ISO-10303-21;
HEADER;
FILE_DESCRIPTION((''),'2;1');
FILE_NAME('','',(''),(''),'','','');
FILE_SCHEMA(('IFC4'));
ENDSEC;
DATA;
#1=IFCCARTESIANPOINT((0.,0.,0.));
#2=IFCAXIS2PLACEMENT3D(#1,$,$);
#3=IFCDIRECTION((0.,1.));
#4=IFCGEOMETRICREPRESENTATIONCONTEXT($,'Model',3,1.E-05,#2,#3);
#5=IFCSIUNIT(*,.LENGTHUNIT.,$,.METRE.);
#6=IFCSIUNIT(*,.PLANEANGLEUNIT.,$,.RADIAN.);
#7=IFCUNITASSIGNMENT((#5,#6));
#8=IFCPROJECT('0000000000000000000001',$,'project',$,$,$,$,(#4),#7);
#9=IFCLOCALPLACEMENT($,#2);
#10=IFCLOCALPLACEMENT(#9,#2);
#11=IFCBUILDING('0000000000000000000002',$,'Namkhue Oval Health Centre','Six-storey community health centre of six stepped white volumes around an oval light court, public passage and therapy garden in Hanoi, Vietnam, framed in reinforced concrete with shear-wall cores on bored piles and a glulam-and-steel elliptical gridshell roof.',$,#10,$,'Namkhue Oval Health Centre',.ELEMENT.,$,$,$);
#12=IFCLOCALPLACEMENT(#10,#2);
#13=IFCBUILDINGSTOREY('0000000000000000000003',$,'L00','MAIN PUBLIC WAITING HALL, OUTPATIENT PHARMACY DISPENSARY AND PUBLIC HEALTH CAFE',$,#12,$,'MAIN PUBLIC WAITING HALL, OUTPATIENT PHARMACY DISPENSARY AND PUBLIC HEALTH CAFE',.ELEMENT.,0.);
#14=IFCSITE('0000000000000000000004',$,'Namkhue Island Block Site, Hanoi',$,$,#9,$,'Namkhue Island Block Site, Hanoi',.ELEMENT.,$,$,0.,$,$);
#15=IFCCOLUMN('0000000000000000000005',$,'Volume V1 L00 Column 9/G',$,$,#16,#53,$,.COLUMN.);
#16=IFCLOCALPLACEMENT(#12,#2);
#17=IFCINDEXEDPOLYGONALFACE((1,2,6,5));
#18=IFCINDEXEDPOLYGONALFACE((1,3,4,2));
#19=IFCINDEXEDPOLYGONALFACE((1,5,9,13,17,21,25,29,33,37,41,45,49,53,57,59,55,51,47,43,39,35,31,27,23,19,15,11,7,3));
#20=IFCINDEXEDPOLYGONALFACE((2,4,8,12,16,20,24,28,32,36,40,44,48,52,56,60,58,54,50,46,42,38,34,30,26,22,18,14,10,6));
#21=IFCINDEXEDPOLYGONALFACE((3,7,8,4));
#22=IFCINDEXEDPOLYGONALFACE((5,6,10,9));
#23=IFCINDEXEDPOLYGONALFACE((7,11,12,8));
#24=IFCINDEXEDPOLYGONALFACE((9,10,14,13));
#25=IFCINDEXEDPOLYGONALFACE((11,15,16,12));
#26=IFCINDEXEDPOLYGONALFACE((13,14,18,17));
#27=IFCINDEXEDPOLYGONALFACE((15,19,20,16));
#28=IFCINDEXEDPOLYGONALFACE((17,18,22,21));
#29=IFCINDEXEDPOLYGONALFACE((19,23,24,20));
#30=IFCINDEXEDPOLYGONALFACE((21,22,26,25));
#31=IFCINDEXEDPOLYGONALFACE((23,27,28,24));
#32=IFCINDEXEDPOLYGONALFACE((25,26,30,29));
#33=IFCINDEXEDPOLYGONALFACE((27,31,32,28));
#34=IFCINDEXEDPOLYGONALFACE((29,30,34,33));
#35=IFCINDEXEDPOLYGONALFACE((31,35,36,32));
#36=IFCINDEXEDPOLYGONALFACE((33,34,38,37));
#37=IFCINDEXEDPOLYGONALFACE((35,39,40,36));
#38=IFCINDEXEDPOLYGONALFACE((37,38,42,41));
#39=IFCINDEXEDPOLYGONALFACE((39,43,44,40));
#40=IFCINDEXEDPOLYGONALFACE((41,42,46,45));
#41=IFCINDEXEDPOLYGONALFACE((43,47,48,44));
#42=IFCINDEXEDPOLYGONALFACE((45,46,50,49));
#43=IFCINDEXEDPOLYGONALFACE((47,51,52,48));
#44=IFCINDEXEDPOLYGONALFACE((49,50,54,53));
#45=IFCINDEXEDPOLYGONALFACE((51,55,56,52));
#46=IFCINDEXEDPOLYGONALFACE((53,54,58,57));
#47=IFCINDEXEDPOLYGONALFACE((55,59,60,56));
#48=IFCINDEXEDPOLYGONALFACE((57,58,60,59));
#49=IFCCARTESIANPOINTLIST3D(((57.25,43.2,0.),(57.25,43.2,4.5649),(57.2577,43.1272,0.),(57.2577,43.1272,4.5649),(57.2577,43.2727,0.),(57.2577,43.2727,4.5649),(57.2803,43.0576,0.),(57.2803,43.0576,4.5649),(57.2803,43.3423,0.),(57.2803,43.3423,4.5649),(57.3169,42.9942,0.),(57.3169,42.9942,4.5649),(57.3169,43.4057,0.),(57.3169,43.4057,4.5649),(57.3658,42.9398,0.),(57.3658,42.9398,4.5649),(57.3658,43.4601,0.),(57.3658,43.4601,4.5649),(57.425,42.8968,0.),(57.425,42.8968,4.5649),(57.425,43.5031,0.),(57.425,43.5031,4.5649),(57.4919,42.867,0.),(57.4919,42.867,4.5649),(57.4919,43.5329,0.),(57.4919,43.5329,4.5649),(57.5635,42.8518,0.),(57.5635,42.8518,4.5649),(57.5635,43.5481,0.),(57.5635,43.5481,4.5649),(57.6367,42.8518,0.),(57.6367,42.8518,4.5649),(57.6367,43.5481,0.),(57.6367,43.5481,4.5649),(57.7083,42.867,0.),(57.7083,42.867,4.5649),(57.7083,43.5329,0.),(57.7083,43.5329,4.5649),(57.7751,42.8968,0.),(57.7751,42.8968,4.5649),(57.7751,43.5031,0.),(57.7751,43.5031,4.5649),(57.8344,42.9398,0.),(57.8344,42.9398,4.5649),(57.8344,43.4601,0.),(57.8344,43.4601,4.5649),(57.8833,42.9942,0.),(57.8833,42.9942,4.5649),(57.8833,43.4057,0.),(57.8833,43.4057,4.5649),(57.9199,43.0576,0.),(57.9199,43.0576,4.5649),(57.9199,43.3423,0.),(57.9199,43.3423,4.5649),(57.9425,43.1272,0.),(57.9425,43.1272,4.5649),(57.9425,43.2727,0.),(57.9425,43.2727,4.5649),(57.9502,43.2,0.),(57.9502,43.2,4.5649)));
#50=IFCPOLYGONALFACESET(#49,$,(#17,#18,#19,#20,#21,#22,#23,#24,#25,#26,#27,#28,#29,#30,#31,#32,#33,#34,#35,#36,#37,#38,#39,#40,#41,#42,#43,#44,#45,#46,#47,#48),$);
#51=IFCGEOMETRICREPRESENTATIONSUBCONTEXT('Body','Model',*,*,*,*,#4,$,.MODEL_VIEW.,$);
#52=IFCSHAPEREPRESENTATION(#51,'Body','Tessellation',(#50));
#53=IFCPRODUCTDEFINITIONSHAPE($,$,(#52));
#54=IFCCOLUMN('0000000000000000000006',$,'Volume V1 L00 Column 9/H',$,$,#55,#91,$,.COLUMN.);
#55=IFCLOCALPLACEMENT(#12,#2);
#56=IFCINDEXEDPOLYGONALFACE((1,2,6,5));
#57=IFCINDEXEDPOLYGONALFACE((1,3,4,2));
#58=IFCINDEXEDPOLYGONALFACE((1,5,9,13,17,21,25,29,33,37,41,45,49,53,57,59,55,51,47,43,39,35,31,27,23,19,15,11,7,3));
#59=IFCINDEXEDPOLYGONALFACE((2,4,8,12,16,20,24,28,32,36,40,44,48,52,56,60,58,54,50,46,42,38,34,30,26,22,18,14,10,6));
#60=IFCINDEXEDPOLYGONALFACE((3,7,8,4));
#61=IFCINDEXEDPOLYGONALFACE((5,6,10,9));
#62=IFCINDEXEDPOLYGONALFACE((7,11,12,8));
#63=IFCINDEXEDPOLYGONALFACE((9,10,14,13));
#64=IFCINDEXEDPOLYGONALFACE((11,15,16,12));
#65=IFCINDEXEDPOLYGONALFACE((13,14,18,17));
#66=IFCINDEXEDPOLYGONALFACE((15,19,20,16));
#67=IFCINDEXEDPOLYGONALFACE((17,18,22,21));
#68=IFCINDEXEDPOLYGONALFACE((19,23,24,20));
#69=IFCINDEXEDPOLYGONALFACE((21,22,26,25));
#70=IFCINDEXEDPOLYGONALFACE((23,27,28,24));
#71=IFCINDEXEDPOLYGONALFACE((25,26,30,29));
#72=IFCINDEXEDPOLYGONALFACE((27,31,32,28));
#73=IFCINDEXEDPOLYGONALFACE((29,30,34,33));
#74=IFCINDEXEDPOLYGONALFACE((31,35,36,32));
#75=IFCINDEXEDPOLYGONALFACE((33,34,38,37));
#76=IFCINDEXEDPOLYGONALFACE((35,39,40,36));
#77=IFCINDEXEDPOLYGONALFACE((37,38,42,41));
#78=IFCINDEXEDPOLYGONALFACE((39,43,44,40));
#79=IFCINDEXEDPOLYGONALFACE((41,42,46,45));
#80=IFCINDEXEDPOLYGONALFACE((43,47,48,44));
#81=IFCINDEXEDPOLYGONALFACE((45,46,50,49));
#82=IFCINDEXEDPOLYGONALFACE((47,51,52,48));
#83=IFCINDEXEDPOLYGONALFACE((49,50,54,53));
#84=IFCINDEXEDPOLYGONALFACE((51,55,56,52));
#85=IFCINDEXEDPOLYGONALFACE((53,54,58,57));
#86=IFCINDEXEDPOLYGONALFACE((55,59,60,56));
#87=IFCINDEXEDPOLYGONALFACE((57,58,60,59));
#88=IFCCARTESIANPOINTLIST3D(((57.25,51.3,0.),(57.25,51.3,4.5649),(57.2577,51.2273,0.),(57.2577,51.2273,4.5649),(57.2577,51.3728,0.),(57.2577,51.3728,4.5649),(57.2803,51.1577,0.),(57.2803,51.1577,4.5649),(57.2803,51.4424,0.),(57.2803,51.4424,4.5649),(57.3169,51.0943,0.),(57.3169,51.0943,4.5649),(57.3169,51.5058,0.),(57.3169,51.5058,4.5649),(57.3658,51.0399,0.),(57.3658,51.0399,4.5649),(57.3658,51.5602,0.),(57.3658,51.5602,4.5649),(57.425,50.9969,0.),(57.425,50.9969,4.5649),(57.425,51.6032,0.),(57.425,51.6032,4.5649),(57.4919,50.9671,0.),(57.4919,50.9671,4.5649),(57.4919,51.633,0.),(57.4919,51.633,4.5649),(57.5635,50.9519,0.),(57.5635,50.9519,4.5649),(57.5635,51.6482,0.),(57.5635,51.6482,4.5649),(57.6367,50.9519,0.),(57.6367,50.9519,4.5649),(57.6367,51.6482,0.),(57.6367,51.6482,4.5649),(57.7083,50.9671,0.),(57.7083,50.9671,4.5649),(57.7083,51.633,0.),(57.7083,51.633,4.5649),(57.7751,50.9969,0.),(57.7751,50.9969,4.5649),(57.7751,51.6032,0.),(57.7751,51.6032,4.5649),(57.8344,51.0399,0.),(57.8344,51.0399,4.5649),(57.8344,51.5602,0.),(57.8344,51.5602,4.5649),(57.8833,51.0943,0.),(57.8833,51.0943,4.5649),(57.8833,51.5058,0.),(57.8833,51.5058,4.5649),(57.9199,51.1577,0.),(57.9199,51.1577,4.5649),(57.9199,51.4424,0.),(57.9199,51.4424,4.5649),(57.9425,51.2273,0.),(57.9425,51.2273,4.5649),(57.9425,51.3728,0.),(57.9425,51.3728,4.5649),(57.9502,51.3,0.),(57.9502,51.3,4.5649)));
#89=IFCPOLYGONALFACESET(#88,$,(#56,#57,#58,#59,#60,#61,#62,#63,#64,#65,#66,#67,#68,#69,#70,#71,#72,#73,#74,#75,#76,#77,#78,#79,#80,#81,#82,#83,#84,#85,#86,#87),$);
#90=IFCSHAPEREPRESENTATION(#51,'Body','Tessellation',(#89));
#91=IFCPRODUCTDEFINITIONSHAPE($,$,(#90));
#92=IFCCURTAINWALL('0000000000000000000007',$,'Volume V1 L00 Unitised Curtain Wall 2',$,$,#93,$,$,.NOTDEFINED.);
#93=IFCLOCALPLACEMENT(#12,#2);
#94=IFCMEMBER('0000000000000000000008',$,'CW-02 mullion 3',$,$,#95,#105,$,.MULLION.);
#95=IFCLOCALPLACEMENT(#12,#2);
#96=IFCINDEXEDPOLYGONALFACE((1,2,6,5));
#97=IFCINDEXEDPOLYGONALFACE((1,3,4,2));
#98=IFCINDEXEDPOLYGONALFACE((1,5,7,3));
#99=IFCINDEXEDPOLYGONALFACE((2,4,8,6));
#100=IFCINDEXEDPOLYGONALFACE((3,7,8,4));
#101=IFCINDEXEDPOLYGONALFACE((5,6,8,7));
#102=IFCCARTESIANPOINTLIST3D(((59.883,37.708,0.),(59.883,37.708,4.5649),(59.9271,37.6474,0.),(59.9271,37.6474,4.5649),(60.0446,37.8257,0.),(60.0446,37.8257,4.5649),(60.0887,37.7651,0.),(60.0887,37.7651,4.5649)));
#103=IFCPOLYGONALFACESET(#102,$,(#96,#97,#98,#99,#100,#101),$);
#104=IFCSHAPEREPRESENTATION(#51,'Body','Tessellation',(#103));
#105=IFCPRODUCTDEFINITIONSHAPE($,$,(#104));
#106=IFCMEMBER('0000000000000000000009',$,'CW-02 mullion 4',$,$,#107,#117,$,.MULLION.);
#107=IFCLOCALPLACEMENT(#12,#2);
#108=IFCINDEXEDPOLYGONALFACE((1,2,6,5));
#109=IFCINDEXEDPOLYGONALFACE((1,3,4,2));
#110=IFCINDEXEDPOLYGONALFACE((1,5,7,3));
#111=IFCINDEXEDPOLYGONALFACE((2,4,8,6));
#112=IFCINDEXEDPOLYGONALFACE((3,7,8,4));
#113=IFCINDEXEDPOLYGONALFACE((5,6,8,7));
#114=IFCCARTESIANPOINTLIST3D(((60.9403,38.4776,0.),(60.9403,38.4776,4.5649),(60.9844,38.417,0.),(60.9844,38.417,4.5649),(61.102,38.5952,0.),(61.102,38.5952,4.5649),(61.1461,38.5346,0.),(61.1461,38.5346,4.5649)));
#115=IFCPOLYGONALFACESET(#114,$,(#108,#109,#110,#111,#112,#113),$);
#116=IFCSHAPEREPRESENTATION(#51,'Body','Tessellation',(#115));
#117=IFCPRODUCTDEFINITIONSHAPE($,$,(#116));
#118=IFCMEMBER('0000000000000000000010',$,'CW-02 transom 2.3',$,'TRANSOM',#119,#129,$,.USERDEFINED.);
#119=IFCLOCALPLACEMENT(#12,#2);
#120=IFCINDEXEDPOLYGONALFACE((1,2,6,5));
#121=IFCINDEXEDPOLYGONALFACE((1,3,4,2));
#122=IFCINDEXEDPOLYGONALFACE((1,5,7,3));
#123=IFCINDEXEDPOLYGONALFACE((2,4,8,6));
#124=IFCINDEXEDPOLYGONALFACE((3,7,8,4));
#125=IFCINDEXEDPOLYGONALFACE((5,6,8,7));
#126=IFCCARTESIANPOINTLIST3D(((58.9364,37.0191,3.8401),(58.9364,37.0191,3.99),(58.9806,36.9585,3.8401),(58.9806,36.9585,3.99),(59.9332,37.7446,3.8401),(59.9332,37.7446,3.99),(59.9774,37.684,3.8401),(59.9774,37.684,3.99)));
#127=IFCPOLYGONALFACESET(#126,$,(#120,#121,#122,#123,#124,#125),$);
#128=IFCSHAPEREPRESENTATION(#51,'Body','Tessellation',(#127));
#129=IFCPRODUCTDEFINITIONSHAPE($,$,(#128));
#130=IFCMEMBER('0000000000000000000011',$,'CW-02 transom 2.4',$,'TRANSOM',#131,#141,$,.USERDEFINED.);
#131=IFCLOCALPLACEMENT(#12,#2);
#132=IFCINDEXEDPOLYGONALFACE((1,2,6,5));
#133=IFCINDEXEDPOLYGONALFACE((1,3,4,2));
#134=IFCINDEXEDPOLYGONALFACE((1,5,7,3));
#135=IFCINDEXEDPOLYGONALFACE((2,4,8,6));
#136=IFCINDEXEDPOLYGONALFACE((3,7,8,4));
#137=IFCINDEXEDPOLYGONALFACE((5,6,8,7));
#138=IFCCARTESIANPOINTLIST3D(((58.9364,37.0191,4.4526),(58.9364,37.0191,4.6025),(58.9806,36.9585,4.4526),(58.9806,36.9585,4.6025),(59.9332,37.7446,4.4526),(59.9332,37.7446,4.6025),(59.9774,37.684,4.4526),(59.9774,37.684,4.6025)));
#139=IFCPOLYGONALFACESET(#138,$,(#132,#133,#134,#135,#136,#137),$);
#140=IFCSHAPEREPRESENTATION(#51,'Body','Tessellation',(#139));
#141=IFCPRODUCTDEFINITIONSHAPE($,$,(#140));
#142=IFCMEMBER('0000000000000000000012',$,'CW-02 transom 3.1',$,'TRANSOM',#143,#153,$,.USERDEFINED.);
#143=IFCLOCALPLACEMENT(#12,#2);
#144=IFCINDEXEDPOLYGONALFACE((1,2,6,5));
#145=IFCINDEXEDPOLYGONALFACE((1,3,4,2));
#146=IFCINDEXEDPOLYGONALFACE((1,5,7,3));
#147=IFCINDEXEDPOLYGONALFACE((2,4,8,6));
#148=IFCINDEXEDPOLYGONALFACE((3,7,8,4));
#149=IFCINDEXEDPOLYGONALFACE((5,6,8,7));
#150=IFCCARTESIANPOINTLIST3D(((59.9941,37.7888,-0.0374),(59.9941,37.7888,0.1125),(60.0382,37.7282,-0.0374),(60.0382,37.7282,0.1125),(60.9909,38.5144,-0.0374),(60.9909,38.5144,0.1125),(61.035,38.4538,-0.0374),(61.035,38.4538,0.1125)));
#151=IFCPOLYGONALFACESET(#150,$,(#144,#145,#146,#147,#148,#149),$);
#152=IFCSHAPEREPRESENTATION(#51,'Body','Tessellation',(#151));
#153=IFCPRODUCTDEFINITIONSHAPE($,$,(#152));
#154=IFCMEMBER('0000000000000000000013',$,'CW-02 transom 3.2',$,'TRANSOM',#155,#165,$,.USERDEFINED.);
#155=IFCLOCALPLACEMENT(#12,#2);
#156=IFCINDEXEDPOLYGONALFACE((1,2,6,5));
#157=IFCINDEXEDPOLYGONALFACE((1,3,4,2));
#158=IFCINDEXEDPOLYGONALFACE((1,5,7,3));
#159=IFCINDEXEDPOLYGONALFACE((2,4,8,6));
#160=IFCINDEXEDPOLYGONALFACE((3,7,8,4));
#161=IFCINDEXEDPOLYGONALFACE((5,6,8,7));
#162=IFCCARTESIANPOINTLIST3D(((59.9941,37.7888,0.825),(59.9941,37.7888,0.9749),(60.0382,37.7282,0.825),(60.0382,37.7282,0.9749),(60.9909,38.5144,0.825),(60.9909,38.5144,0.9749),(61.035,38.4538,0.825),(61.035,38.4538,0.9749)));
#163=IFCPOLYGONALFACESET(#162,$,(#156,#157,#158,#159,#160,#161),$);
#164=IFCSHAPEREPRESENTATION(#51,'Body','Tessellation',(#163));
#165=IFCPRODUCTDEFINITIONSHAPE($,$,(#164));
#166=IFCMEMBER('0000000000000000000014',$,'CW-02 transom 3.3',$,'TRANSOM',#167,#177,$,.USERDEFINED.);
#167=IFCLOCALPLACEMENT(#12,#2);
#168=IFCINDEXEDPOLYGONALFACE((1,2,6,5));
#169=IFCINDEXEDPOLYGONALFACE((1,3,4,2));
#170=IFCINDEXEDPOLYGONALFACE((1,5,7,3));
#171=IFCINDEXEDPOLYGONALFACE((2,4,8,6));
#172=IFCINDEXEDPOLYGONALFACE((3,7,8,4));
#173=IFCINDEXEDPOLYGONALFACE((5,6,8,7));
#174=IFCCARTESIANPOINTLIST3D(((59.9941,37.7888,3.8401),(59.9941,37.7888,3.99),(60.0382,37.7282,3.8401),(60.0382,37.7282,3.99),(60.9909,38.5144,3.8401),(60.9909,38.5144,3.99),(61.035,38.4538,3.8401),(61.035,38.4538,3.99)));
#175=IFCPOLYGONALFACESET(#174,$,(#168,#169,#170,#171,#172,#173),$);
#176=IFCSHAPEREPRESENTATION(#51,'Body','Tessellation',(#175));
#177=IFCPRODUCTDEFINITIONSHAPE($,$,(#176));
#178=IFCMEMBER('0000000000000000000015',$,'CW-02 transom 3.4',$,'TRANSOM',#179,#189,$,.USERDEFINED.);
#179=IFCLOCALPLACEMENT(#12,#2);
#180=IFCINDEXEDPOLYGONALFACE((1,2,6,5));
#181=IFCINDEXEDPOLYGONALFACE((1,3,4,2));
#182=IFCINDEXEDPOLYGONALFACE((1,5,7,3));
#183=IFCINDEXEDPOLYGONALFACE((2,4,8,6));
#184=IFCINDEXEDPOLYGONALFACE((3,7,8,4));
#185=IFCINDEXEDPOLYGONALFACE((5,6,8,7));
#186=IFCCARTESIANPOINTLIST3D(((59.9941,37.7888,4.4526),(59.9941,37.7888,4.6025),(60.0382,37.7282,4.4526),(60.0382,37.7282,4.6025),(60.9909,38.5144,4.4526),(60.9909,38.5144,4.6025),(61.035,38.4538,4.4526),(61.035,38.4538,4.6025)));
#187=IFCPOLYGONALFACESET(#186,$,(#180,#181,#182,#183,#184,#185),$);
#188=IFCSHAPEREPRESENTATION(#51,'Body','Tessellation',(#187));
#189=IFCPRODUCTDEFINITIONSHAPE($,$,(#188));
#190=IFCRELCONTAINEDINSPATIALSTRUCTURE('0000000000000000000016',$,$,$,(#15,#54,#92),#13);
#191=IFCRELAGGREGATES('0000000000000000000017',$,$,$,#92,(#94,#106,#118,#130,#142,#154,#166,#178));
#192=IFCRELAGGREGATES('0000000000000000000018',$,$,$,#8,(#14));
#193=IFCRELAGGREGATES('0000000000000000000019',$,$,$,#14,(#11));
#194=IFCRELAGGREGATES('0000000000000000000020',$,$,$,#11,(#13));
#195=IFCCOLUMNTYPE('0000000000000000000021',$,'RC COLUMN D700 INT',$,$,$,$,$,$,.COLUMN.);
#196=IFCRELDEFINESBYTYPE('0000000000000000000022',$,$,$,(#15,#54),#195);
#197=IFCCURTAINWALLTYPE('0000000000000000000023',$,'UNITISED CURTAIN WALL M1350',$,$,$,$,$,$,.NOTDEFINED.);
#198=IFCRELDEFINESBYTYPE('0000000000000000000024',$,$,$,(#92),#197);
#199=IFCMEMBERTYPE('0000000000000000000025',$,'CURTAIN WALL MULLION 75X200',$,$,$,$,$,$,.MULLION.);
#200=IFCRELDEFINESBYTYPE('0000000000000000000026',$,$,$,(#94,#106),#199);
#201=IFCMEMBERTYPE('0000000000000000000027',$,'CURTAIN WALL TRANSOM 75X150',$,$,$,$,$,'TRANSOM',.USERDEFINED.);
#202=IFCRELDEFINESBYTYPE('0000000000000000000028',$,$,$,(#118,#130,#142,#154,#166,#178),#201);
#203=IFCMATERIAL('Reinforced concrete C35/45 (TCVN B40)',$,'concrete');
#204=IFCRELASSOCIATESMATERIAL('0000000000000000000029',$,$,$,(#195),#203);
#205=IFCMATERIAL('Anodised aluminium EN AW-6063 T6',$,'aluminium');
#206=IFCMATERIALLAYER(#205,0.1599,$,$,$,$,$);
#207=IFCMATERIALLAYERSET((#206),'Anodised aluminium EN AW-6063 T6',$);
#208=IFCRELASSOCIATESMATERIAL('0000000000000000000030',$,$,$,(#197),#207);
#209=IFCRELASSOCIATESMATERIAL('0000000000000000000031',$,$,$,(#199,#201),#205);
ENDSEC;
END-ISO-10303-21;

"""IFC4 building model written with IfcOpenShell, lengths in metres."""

from ifc_helpers import new_model, si_unit, direction, frame, origin, origin_2d, place, context, subcontext, project, spatial, rectangle, circle, extrude, material, layer, layer_set, material_profile, profile_set, type_object, element, aggregate, save


model = new_model("IFC4")

# Units and contexts
model_context = context("Model", 3, precision=1e-05, world=origin(), true_north=direction((0.0, 1.0)))
body_context = subcontext(model_context, "Body", "Model", "MODEL_VIEW")
ifc_project = project(units=[si_unit("LENGTHUNIT", "METRE"), si_unit("PLANEANGLEUNIT", "RADIAN")], contexts=[model_context])

# Site, building, storey
site_placement = place(None, origin())
site = spatial("IfcSite", under=ifc_project, at=site_placement, Name="Namkhue Island Block Site, Hanoi", LongName="Namkhue Island Block Site, Hanoi", CompositionType="ELEMENT", RefElevation=0.0)
building_placement = place(site_placement, origin())
building = spatial("IfcBuilding", under=site, at=building_placement, Name="Namkhue Oval Health Centre", Description="Six-storey community health centre of six stepped white volumes around an oval light court, public passage and therapy garden in Hanoi, Vietnam, framed in reinforced concrete with shear-wall cores on bored piles and a glulam-and-steel elliptical gridshell roof.", LongName="Namkhue Oval Health Centre", CompositionType="ELEMENT")
storey_placement = place(building_placement, origin())
storey = spatial("IfcBuildingStorey", under=building, at=storey_placement, Name="L00", Description="MAIN PUBLIC WAITING HALL, OUTPATIENT PHARMACY DISPENSARY AND PUBLIC HEALTH CAFE", LongName="MAIN PUBLIC WAITING HALL, OUTPATIENT PHARMACY DISPENSARY AND PUBLIC HEALTH CAFE", CompositionType="ELEMENT", Elevation=0.0)

# Columns
ifc_material_1 = material(Name="Reinforced concrete C35/45 (TCVN B40)", Category="concrete")
ifc_material_profile_1 = material_profile(ifc_material_1, circle(Radius=0.3501, at=origin_2d()), Name="RC D700")
ifc_profile_set_1 = profile_set([ifc_material_profile_1], Name="Reinforced concrete C35/45 (TCVN B40)")
column_type = type_object("IfcColumnType", Name="RC COLUMN D700 INT", PredefinedType="COLUMN", material=ifc_profile_set_1)
for number, where, z_axis, x_axis, name in (
    (1, (57.6001, 43.2, 0.0), (0.0, 0.0, 1.0), (1.0, 0.0, 0.0), "Volume V1 L00 Column 9/G"),
    (2, (57.6001, 51.3, 0.0), (0.0, 0.0, 1.0), (1.0, 0.0, 0.0), "Volume V1 L00 Column 9/H"),
):
    element("IfcColumn", number, at=place(storey_placement, frame(where, z_axis=z_axis, x_axis=x_axis)), inside=storey, type_object=column_type, Name=name, PredefinedType="COLUMN", context=body_context, shape_type="SweptSolid", body=[
        extrude(circle(Radius=0.3501, at=origin_2d()), origin(), (0.0, 0.0, 1.0), 4.5649),
    ])

# Curtain wall, members
ifc_material_2 = material(Name="Anodised aluminium EN AW-6063 T6", Category="aluminium")
ifc_layer_1 = layer(ifc_material_2, 0.1599)
ifc_layer_set_1 = layer_set([ifc_layer_1], Name="Anodised aluminium EN AW-6063 T6")
curtain_wall_type = type_object("IfcCurtainWallType", Name="UNITISED CURTAIN WALL M1350", PredefinedType="NOTDEFINED", material=ifc_layer_set_1)
curtain_wall_placement = place(storey_placement, origin())
curtain_wall = element("IfcCurtainWall", 3, at=curtain_wall_placement, inside=storey, type_object=curtain_wall_type, Name="Volume V1 L00 Unitised Curtain Wall 2", PredefinedType="NOTDEFINED")
ifc_material_profile_2 = material_profile(ifc_material_2, rectangle(XDim=0.075, YDim=0.2, at=origin_2d()), Name="ALU 75x200")
ifc_profile_set_2 = profile_set([ifc_material_profile_2], Name="Anodised aluminium EN AW-6063 T6")
member_type_1 = type_object("IfcMemberType", Name="CURTAIN WALL MULLION 75X200", PredefinedType="MULLION", material=ifc_profile_set_2)
member_1_placement = place(storey_placement, frame((59.9858, 37.7366, 0.0), z_axis=(0.0, 0.0, 1.0), x_axis=(-0.588477, 0.808514, 0.0)))
member_1 = element("IfcMember", 4, at=member_1_placement, type_object=member_type_1, Name="CW-02 mullion 3", PredefinedType="MULLION", context=body_context, shape_type="SweptSolid", body=[
    extrude(rectangle(XDim=0.075, YDim=0.2, at=origin_2d()), origin(), (0.0, 0.0, 1.0), 4.5649),
])
member_2_placement = place(storey_placement, frame((61.0432, 38.5061, 0.0), z_axis=(0.0, 0.0, 1.0), x_axis=(-0.588477, 0.808514, 0.0)))
member_2 = element("IfcMember", 5, at=member_2_placement, type_object=member_type_1, Name="CW-02 mullion 4", PredefinedType="MULLION", context=body_context, shape_type="SweptSolid", body=[
    extrude(rectangle(XDim=0.075, YDim=0.2, at=origin_2d()), origin(), (0.0, 0.0, 1.0), 4.5649),
])
ifc_material_profile_3 = material_profile(ifc_material_2, rectangle(XDim=0.075, YDim=0.1499, at=origin_2d()), Name="ALU 75x150")
ifc_profile_set_3 = profile_set([ifc_material_profile_3], Name="Anodised aluminium EN AW-6063 T6")
member_type_2 = type_object("IfcMemberType", Name="CURTAIN WALL TRANSOM 75X150", ElementType="TRANSOM", PredefinedType="USERDEFINED", material=ifc_profile_set_3)
member_3_placement = place(storey_placement, frame((58.9585, 36.9888, 3.915), z_axis=(0.808496, 0.588501, 0.0), x_axis=(-0.588501, 0.808496, 0.0)))
member_3 = element("IfcMember", 6, at=member_3_placement, type_object=member_type_2, Name="CW-02 transom 2.3", ObjectType="TRANSOM", PredefinedType="USERDEFINED", context=body_context, shape_type="SweptSolid", body=[
    extrude(rectangle(XDim=0.075, YDim=0.1499, at=origin_2d()), origin(), (0.0, 0.0, 1.0), 1.2329),
])
member_4_placement = place(storey_placement, frame((58.9585, 36.9888, 4.5276), z_axis=(0.808496, 0.588501, 0.0), x_axis=(-0.588501, 0.808496, 0.0)))
member_4 = element("IfcMember", 7, at=member_4_placement, type_object=member_type_2, Name="CW-02 transom 2.4", ObjectType="TRANSOM", PredefinedType="USERDEFINED", context=body_context, shape_type="SweptSolid", body=[
    extrude(rectangle(XDim=0.075, YDim=0.1499, at=origin_2d()), origin(), (0.0, 0.0, 1.0), 1.2329),
])
member_5_placement = place(storey_placement, frame((60.0161, 37.7585, 0.0376), z_axis=(0.808496, 0.588501, 0.0), x_axis=(-0.588501, 0.808496, 0.0)))
member_5 = element("IfcMember", 8, at=member_5_placement, type_object=member_type_2, Name="CW-02 transom 3.1", ObjectType="TRANSOM", PredefinedType="USERDEFINED", context=body_context, shape_type="SweptSolid", body=[
    extrude(rectangle(XDim=0.075, YDim=0.1499, at=origin_2d()), origin(), (0.0, 0.0, 1.0), 1.2329),
])
member_6_placement = place(storey_placement, frame((60.0161, 37.7585, 0.8999), z_axis=(0.808496, 0.588501, 0.0), x_axis=(-0.588501, 0.808496, 0.0)))
member_6 = element("IfcMember", 9, at=member_6_placement, type_object=member_type_2, Name="CW-02 transom 3.2", ObjectType="TRANSOM", PredefinedType="USERDEFINED", context=body_context, shape_type="SweptSolid", body=[
    extrude(rectangle(XDim=0.075, YDim=0.1499, at=origin_2d()), origin(), (0.0, 0.0, 1.0), 1.2329),
])
member_7_placement = place(storey_placement, frame((60.0161, 37.7585, 3.915), z_axis=(0.808496, 0.588501, 0.0), x_axis=(-0.588501, 0.808496, 0.0)))
member_7 = element("IfcMember", 10, at=member_7_placement, type_object=member_type_2, Name="CW-02 transom 3.3", ObjectType="TRANSOM", PredefinedType="USERDEFINED", context=body_context, shape_type="SweptSolid", body=[
    extrude(rectangle(XDim=0.075, YDim=0.1499, at=origin_2d()), origin(), (0.0, 0.0, 1.0), 1.2329),
])
member_8_placement = place(storey_placement, frame((60.0161, 37.7585, 4.5276), z_axis=(0.808496, 0.588501, 0.0), x_axis=(-0.588501, 0.808496, 0.0)))
member_8 = element("IfcMember", 11, at=member_8_placement, type_object=member_type_2, Name="CW-02 transom 3.4", ObjectType="TRANSOM", PredefinedType="USERDEFINED", context=body_context, shape_type="SweptSolid", body=[
    extrude(rectangle(XDim=0.075, YDim=0.1499, at=origin_2d()), origin(), (0.0, 0.0, 1.0), 1.2329),
])

aggregate(curtain_wall, [member_1, member_2, member_3, member_4, member_5, member_6, member_7, member_8])

save(model, "model.ifc")
